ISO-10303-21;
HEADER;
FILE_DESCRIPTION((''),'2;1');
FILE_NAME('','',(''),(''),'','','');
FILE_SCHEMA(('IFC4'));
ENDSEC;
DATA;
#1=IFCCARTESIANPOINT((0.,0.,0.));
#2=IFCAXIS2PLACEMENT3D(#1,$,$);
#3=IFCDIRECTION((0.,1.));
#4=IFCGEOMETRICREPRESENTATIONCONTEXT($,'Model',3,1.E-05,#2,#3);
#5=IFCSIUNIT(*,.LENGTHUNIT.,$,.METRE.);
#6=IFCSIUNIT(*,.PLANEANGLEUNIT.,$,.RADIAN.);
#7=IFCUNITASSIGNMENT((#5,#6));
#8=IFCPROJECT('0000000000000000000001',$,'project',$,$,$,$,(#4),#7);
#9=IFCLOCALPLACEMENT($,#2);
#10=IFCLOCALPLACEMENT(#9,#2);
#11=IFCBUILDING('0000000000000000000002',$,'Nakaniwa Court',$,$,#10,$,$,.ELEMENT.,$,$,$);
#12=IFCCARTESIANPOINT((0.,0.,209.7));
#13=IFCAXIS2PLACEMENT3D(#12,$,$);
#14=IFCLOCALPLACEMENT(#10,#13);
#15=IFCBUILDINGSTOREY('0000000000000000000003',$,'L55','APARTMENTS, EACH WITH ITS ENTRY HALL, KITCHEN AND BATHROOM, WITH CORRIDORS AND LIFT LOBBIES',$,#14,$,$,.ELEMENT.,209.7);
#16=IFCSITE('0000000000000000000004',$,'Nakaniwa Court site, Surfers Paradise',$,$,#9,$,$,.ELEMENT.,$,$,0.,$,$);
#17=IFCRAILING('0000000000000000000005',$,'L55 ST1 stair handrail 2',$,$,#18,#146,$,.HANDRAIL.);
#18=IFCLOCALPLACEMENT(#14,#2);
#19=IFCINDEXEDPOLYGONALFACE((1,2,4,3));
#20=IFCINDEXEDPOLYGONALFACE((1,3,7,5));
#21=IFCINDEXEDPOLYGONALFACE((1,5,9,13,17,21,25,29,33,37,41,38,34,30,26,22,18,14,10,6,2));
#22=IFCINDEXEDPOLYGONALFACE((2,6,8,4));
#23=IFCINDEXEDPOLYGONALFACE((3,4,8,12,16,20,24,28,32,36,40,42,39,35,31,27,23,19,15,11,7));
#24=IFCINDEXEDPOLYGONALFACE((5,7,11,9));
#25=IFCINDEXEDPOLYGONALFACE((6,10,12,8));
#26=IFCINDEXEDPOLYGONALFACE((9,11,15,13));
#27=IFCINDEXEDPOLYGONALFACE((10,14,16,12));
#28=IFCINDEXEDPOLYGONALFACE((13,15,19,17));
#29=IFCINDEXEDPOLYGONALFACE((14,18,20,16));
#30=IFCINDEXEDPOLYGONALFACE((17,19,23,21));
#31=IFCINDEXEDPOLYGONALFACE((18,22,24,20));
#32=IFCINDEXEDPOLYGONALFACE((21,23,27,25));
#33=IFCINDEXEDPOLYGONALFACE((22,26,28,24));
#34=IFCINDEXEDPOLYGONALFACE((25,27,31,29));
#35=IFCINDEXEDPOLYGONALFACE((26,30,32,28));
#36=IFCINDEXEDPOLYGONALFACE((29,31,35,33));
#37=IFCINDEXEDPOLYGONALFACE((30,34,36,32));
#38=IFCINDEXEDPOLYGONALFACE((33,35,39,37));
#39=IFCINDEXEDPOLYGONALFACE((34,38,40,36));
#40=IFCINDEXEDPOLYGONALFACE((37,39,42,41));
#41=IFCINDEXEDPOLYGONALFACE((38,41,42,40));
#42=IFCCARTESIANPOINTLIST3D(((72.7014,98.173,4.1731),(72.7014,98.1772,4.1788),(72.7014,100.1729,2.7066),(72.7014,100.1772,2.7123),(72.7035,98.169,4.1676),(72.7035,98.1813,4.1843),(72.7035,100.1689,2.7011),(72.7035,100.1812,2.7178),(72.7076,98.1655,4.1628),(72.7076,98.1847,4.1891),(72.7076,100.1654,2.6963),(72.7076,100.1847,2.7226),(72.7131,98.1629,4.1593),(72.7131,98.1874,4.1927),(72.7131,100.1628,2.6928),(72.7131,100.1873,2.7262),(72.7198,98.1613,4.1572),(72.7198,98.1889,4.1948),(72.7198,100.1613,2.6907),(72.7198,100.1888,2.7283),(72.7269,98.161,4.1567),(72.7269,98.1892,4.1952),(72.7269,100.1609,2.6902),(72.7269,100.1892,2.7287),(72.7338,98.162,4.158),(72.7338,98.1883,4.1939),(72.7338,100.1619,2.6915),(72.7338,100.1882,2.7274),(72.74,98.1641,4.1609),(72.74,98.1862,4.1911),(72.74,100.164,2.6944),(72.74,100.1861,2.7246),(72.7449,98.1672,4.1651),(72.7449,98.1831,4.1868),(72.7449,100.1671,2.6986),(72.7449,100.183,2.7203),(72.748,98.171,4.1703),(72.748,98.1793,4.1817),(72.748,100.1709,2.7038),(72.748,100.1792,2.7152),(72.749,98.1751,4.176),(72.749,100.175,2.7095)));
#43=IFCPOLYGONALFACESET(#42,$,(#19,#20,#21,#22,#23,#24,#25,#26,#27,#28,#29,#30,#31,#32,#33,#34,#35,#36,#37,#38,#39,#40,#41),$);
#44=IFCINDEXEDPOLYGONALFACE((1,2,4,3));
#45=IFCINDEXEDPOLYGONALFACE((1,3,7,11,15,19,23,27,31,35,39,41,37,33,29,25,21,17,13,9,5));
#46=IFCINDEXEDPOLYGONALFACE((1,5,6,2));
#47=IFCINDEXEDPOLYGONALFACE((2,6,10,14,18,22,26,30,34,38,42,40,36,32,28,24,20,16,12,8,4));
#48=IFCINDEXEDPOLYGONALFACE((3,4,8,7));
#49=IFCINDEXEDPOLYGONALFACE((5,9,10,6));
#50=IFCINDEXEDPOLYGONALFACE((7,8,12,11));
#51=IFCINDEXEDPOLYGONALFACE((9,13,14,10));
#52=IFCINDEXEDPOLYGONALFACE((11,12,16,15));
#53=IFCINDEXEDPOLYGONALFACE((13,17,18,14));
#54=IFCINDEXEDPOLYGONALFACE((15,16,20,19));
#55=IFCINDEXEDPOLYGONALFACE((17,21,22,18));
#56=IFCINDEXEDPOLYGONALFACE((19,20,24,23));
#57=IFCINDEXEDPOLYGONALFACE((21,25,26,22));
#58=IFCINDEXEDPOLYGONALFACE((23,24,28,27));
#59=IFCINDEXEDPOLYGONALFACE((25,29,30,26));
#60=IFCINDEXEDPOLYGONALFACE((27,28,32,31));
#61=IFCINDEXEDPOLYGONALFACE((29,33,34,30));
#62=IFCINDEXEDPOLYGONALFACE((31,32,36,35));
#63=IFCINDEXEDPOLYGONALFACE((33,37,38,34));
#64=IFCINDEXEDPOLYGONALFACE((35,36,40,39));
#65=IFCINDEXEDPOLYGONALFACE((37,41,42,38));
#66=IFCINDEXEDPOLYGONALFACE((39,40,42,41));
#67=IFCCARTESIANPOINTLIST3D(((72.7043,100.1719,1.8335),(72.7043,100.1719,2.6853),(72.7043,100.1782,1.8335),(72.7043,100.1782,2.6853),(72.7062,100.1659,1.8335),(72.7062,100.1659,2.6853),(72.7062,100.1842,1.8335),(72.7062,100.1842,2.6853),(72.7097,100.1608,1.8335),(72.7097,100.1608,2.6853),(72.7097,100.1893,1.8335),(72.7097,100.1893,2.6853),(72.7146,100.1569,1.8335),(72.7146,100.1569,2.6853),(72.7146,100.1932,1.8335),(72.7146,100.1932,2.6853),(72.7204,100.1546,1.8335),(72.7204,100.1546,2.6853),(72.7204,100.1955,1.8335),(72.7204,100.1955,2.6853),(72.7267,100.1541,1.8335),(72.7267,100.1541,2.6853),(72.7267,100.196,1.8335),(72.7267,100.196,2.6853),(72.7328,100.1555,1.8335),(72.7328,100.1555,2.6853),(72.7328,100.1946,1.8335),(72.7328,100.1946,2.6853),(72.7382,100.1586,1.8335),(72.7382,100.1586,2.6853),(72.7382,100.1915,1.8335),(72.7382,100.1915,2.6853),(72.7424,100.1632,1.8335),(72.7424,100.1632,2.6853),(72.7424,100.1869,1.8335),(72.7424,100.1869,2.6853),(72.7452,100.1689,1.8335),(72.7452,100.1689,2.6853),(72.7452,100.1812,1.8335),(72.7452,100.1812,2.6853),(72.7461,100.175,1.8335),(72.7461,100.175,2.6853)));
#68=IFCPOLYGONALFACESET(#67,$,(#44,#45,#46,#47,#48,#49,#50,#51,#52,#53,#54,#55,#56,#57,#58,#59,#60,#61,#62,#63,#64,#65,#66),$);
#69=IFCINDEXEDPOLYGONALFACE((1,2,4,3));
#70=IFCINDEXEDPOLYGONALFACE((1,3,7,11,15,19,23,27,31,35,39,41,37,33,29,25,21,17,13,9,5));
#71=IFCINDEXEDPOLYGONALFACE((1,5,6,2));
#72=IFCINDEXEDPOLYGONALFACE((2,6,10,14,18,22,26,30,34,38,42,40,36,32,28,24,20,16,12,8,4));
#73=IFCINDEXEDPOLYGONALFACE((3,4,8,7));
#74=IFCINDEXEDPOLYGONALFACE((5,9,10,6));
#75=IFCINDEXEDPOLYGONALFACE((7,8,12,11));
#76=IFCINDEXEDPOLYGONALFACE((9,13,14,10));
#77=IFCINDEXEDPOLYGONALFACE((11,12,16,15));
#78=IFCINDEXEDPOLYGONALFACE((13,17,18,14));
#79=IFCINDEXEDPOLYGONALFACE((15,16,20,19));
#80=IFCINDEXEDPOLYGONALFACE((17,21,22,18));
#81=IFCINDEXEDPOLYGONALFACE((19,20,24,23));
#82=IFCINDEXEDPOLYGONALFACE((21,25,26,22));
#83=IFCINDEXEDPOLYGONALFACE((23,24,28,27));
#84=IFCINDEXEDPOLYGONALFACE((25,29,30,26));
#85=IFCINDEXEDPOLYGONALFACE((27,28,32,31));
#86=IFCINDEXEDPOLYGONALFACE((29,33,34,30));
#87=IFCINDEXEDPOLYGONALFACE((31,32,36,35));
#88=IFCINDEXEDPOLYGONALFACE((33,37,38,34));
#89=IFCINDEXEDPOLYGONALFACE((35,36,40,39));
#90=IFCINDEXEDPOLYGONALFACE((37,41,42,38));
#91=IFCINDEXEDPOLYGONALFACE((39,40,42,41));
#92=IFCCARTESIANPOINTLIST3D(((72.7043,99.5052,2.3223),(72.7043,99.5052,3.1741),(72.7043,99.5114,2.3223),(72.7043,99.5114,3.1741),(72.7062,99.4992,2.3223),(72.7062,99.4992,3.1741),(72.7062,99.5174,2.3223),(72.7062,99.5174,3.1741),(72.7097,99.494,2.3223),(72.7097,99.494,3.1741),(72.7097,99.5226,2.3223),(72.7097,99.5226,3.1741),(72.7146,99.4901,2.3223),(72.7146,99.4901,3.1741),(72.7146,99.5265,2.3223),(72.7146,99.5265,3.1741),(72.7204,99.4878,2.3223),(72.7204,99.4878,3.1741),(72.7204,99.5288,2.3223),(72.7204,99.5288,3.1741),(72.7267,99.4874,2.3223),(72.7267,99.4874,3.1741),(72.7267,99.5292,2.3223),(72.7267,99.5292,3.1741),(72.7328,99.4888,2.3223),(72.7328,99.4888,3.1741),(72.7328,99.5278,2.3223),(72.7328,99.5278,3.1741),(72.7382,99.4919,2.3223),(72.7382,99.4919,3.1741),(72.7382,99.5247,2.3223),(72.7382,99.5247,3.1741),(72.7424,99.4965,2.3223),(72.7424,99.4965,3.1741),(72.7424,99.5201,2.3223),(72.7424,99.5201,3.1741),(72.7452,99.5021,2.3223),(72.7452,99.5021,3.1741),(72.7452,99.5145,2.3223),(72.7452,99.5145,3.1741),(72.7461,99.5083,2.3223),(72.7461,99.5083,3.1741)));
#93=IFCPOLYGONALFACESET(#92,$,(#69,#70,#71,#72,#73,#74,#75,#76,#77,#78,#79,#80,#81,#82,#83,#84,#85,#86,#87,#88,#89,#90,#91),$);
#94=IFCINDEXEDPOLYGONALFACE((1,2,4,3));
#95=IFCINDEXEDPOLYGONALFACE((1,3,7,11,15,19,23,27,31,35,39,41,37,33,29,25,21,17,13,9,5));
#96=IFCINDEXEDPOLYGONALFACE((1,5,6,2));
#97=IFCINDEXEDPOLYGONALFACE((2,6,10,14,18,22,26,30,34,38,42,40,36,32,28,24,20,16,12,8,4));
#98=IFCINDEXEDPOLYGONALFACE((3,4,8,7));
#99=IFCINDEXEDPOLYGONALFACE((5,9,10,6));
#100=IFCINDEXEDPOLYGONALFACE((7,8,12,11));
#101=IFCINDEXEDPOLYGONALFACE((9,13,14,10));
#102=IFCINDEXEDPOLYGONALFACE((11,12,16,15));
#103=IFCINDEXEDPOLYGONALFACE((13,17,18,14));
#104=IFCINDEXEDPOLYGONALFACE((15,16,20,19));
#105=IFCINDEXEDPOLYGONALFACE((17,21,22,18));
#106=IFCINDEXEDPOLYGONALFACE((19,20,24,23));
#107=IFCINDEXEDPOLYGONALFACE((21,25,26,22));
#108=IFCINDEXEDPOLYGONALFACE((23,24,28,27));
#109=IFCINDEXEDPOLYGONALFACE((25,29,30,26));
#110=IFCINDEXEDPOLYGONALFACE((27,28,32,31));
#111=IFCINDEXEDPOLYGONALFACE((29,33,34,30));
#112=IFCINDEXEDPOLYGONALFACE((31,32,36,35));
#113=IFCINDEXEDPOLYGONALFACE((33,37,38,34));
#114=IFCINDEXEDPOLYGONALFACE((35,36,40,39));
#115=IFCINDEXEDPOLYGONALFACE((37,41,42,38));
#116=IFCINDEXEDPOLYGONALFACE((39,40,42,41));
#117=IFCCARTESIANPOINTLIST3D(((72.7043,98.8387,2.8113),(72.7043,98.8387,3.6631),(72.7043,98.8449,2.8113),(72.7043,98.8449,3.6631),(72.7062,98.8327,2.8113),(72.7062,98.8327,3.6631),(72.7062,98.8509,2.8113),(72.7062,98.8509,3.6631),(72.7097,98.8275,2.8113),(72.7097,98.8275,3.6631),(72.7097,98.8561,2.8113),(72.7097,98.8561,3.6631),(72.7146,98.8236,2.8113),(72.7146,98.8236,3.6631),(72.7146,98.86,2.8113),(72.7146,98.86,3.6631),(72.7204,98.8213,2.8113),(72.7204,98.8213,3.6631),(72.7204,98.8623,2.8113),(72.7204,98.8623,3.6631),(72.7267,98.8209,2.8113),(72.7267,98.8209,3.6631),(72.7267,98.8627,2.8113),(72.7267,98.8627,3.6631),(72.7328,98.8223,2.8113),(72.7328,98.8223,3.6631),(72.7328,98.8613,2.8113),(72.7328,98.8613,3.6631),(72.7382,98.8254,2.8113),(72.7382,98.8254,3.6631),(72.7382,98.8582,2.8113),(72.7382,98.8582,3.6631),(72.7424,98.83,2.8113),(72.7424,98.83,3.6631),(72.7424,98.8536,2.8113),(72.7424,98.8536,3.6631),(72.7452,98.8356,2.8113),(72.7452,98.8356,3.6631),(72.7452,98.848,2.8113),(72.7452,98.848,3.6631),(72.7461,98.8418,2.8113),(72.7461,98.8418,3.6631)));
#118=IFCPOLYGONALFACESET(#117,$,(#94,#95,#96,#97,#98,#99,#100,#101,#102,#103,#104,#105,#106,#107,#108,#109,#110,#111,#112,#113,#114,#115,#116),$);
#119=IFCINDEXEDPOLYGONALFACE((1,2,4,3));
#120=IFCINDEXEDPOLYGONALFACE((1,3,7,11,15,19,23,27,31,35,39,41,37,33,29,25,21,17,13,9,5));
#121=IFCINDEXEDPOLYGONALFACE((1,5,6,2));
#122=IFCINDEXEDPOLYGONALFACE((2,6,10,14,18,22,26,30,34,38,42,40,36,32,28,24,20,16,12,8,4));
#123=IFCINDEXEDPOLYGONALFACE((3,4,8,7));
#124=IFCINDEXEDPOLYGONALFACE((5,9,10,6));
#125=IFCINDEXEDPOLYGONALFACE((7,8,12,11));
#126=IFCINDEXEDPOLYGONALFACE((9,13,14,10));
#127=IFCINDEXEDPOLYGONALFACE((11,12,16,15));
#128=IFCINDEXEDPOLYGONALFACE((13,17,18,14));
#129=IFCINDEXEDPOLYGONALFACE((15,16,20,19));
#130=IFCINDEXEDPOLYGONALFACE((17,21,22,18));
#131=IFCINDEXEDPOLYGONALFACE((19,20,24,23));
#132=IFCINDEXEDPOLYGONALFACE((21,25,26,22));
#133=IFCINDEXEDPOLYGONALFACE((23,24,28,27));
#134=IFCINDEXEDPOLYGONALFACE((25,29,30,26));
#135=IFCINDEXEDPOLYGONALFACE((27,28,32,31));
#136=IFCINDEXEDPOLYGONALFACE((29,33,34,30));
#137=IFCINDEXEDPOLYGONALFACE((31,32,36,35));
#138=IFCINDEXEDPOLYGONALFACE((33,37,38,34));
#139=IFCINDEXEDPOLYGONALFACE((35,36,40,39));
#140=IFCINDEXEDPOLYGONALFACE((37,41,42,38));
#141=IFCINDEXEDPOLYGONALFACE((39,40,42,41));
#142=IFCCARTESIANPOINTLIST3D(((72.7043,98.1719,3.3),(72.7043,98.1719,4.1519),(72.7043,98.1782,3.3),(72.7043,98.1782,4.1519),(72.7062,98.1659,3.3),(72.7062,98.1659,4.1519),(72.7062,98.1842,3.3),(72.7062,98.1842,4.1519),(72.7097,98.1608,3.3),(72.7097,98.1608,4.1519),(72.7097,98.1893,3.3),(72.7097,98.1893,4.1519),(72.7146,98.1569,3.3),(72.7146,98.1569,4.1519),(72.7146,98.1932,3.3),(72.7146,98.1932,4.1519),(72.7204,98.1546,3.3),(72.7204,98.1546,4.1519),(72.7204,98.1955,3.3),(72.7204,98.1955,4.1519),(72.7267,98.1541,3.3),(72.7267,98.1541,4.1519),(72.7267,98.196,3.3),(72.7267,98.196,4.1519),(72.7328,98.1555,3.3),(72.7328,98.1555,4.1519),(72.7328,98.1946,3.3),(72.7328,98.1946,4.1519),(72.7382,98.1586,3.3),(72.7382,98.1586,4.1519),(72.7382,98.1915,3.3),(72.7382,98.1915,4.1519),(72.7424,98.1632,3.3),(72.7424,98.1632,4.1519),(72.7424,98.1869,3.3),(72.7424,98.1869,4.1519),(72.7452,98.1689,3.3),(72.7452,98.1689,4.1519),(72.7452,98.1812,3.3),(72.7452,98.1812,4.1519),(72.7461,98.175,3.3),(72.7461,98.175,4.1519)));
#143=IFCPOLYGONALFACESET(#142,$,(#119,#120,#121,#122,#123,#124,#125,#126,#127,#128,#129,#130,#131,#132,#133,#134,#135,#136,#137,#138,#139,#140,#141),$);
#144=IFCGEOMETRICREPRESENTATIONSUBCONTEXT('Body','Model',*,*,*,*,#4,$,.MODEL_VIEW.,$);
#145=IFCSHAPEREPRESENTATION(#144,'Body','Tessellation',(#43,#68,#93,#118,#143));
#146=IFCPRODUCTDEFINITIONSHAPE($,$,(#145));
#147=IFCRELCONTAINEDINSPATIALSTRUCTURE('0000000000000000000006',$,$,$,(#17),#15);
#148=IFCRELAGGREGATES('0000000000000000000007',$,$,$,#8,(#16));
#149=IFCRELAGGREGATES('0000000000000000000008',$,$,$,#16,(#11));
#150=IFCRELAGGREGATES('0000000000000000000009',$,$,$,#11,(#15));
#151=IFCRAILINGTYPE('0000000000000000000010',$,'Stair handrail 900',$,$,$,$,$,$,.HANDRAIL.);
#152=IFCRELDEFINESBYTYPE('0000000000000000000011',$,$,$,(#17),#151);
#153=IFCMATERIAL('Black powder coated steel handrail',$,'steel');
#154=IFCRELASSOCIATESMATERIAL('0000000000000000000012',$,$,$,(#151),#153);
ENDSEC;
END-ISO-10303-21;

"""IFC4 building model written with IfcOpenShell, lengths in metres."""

from ifc_helpers import new_model, si_unit, direction, frame, origin, origin_2d, place, context, subcontext, project, spatial, circle, extrude, material, type_object, element, save


model = new_model("IFC4")

# Units and contexts
model_context = context("Model", 3, precision=1e-05, world=origin(), true_north=direction((0.0, 1.0)))
body_context = subcontext(model_context, "Body", "Model", "MODEL_VIEW")
ifc_project = project(units=[si_unit("LENGTHUNIT", "METRE"), si_unit("PLANEANGLEUNIT", "RADIAN")], contexts=[model_context])

# Site, building, storey
site_placement = place(None, origin())
site = spatial("IfcSite", under=ifc_project, at=site_placement, Name="Nakaniwa Court site, Surfers Paradise", CompositionType="ELEMENT", RefElevation=0.0)
building_placement = place(site_placement, origin())
building = spatial("IfcBuilding", under=site, at=building_placement, Name="Nakaniwa Court", CompositionType="ELEMENT")
storey_placement = place(building_placement, frame((0.0, 0.0, 209.7)))
storey = spatial("IfcBuildingStorey", under=building, at=storey_placement, Name="L55", Description="APARTMENTS, EACH WITH ITS ENTRY HALL, KITCHEN AND BATHROOM, WITH CORRIDORS AND LIFT LOBBIES", CompositionType="ELEMENT", Elevation=209.7)

# Railing
ifc_material_1 = material(Name="Black powder coated steel handrail", Category="steel")
railing_type_1 = type_object("IfcRailingType", Name="Stair handrail 900", PredefinedType="HANDRAIL", material=ifc_material_1)
railing_1_placement = place(storey_placement, frame((72.7251, 100.175, 1.8335)))
element("IfcRailing", 1, at=railing_1_placement, inside=storey, type_object=railing_type_1, Name="L55 ST1 stair handrail 2", PredefinedType="HANDRAIL", context=body_context, shape_type="SweptSolid", body=[
    extrude(circle(Radius=0.0239, at=origin_2d()), frame((0.0, 0.0, 0.876), z_axis=(0.0, -0.806427, 0.591334), x_axis=(1.0, 0.0, 0.0)), (0.0, 0.0, 1.0), 2.48),
    extrude(circle(Radius=0.021, at=origin_2d()), origin(), (0.0, 0.0, 1.0), 0.8518),
    extrude(circle(Radius=0.021, at=origin_2d()), frame((0.0, -0.6667, 0.4888)), (0.0, 0.0, 1.0), 0.8518),
    extrude(circle(Radius=0.021, at=origin_2d()), frame((0.0, -1.3333, 0.9778)), (0.0, 0.0, 1.0), 0.8518),
    extrude(circle(Radius=0.021, at=origin_2d()), frame((0.0, -2.0, 1.4666)), (0.0, 0.0, 1.0), 0.8518),
])

save(model, "model.ifc")
